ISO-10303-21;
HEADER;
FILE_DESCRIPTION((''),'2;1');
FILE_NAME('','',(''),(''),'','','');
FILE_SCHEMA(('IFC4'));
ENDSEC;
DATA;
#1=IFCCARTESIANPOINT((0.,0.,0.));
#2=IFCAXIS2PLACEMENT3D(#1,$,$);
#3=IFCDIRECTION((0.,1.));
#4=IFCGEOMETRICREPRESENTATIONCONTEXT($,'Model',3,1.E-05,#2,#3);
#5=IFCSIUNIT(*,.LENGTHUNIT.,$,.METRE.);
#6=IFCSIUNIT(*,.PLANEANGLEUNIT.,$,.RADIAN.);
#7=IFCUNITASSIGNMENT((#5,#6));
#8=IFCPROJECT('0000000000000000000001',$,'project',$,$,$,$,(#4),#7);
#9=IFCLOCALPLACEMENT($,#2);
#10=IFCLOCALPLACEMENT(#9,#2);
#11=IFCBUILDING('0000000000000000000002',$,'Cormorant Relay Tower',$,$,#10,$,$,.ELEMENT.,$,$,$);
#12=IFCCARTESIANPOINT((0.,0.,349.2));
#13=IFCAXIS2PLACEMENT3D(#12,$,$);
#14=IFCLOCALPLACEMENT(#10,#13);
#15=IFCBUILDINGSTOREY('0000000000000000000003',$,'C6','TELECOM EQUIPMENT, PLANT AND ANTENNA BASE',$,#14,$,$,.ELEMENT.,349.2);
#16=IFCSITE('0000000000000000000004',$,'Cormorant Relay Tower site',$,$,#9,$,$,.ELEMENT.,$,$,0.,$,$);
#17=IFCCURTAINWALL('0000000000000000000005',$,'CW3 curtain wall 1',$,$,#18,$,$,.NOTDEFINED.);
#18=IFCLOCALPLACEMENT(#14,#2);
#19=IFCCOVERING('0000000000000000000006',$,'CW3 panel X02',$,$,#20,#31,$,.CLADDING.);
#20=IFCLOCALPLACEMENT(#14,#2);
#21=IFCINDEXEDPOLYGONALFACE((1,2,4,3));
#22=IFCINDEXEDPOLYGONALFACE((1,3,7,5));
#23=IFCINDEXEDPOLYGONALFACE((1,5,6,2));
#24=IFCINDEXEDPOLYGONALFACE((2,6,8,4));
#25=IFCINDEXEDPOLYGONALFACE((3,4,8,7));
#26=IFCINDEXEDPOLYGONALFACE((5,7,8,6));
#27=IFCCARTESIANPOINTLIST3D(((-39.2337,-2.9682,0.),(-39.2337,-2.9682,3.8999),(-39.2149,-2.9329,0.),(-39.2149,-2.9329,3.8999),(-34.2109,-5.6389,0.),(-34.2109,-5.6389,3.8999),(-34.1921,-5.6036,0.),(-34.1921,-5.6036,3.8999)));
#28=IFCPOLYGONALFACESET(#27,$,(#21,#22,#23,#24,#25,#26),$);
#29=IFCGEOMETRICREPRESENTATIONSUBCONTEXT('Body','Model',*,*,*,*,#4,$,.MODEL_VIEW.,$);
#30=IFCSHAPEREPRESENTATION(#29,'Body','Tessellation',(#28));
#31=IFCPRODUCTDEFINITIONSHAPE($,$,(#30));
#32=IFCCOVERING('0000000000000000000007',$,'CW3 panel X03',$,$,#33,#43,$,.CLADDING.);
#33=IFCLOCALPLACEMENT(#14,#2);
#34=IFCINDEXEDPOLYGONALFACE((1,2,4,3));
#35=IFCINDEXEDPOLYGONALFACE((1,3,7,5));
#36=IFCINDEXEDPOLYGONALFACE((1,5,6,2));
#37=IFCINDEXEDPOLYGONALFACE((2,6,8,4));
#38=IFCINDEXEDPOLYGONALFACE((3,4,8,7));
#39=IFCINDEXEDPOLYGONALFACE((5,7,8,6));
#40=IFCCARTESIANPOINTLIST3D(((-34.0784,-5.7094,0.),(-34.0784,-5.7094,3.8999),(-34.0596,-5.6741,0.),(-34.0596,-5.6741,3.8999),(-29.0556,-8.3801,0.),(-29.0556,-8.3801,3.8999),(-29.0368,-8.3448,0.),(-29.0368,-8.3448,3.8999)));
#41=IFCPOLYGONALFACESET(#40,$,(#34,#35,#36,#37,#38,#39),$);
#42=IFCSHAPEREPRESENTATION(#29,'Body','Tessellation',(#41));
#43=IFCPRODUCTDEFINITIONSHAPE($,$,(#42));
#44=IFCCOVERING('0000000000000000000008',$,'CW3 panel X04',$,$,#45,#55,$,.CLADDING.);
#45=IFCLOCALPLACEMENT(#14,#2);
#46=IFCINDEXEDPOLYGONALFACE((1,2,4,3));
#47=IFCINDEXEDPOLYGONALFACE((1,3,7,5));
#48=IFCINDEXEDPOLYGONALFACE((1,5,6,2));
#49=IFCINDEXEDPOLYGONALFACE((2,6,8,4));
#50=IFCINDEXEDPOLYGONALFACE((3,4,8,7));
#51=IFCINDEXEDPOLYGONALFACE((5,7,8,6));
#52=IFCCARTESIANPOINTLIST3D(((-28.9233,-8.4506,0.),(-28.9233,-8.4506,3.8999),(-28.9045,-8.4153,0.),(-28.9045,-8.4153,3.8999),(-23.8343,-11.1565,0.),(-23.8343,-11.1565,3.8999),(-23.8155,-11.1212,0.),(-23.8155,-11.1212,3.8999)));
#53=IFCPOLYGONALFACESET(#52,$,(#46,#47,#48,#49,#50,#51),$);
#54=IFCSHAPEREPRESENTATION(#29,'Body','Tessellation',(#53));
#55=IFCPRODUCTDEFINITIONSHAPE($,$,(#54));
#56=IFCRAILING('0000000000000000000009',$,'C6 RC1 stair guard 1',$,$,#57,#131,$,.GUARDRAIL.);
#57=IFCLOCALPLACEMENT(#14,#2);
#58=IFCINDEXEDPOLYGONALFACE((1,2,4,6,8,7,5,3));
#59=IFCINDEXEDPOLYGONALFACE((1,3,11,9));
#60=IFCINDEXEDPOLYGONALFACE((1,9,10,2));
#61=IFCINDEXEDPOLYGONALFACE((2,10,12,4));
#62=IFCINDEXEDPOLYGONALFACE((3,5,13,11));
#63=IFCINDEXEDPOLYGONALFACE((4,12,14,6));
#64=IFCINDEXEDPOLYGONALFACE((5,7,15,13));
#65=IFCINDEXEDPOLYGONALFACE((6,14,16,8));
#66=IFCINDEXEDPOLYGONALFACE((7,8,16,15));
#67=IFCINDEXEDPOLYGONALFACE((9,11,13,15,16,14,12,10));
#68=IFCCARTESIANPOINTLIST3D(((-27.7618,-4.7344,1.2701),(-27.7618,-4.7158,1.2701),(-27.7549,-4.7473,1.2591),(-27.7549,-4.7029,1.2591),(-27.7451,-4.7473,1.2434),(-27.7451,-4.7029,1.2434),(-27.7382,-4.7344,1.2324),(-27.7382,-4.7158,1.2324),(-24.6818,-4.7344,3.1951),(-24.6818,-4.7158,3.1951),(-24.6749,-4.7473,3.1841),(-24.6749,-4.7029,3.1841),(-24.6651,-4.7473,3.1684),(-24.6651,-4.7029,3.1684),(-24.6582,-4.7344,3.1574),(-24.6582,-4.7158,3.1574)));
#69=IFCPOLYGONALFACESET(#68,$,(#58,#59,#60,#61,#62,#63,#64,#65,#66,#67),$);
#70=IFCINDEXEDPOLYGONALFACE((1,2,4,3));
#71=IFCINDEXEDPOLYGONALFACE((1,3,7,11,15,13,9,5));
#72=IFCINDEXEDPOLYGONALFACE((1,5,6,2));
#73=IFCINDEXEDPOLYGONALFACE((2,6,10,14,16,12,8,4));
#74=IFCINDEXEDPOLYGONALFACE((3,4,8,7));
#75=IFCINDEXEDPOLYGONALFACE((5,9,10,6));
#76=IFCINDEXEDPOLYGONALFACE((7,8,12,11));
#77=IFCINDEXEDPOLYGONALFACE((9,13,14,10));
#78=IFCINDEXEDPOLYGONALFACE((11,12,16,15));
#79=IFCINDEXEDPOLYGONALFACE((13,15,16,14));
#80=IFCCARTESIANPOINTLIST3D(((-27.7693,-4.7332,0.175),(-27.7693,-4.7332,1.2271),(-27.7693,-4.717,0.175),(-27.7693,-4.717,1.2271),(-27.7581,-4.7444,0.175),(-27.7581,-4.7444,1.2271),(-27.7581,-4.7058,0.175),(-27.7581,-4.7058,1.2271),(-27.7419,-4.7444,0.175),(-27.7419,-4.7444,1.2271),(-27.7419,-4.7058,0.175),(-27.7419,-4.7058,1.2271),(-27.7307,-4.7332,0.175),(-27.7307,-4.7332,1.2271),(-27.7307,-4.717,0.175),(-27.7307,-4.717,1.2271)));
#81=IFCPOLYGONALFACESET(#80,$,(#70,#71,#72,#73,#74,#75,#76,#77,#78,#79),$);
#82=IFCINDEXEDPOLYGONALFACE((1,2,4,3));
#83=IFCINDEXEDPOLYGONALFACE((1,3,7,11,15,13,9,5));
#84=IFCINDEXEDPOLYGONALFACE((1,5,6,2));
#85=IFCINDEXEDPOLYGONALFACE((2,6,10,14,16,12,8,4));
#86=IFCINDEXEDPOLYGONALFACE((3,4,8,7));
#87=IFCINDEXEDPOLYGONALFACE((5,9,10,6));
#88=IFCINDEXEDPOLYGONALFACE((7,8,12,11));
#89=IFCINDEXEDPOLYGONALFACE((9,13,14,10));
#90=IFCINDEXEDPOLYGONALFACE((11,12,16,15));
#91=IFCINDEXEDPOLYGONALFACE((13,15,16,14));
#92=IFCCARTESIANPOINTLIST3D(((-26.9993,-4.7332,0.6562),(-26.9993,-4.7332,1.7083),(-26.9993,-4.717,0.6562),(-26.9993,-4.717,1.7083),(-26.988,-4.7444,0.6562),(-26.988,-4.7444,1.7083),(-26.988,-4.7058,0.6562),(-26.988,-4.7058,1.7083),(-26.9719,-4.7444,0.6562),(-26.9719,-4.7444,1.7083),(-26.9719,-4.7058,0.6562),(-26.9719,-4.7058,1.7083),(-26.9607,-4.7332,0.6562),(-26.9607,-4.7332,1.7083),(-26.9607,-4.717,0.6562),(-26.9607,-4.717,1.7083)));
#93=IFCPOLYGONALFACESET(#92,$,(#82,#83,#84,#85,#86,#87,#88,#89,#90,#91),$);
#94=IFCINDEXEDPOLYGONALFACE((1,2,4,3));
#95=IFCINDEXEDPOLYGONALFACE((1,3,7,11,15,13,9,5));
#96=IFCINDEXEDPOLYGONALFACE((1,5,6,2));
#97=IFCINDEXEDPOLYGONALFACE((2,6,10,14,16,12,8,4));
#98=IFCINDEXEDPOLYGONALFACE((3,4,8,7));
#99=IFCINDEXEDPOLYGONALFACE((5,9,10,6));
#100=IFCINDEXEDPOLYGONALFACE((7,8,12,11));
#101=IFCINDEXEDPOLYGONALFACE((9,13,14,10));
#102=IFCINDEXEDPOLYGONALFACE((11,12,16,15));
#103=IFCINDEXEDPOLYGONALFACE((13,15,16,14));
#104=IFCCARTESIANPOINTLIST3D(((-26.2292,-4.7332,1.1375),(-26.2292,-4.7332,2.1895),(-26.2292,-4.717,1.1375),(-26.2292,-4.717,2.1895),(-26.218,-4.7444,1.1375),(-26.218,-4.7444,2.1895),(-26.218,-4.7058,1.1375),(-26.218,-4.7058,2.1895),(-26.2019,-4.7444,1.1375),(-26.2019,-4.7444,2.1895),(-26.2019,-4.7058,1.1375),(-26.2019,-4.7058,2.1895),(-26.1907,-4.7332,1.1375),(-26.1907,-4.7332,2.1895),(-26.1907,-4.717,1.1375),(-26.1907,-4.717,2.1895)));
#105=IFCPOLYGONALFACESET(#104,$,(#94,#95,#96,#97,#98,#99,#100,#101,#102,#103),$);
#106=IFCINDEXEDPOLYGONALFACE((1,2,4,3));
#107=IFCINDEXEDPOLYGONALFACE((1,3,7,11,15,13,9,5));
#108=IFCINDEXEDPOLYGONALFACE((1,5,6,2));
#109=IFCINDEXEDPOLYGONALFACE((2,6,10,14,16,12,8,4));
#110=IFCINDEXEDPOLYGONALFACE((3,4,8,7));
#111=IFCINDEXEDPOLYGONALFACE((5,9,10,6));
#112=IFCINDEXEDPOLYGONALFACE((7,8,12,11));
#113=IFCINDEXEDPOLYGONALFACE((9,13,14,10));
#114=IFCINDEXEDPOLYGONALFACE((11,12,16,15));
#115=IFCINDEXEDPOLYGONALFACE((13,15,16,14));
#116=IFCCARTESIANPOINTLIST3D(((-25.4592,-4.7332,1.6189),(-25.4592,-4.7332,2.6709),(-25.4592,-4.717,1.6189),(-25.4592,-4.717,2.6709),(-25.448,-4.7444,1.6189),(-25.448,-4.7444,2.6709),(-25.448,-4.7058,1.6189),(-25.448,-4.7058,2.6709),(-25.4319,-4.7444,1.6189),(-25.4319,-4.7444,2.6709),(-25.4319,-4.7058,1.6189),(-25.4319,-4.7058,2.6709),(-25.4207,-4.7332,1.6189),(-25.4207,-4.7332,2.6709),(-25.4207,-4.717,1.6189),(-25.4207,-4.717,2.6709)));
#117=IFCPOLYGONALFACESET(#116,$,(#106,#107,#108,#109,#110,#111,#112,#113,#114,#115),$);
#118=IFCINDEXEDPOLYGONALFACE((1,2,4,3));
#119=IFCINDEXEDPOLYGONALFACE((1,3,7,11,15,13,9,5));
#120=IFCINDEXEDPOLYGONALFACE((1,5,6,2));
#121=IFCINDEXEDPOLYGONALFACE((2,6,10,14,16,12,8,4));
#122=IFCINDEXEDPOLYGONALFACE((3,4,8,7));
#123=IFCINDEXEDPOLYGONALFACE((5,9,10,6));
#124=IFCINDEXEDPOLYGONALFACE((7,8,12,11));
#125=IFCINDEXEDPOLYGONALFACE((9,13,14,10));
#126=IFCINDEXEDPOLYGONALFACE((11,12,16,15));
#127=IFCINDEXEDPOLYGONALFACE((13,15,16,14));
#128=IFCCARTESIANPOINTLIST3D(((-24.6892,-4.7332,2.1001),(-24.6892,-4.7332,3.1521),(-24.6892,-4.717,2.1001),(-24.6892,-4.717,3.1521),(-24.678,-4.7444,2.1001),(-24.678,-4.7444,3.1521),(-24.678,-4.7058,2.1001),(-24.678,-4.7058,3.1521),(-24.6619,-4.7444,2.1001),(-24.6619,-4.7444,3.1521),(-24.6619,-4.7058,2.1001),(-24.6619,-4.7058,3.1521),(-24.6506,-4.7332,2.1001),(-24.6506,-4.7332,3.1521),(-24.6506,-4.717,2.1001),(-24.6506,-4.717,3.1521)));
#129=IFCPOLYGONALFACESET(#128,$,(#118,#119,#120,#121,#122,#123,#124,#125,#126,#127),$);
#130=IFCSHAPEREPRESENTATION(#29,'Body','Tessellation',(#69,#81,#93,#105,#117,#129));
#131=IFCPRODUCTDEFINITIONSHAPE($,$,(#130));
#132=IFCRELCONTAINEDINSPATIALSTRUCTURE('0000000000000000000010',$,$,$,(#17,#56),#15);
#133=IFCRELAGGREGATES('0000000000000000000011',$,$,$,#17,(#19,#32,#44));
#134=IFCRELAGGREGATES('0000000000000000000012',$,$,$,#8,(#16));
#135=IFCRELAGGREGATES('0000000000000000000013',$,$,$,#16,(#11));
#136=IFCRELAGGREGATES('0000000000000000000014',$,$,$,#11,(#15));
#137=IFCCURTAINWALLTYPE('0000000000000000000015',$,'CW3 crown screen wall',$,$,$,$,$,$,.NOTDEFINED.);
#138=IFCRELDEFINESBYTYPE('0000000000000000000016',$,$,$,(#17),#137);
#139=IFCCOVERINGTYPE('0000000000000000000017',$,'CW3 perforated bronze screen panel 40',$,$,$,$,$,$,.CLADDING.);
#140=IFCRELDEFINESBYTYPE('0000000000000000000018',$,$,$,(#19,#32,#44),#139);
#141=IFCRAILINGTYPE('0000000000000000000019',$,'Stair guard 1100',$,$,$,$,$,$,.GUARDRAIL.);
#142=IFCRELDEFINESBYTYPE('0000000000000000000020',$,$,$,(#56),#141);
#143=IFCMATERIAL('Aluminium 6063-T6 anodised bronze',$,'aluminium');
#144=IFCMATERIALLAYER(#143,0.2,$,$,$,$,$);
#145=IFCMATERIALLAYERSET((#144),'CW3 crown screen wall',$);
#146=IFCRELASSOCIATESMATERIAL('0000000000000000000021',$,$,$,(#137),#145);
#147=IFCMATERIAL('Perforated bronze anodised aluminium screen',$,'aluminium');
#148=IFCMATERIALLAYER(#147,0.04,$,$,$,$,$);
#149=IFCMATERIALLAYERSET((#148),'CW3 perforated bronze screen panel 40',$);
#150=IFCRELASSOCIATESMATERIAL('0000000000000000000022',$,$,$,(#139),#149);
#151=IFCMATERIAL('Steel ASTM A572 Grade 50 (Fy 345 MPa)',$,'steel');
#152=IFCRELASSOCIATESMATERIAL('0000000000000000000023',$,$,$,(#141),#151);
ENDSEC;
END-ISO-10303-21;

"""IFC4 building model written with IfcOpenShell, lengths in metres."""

from ifc_helpers import new_model, si_unit, direction, frame, origin, origin_2d, place, context, subcontext, project, spatial, polyline, rectangle, outline, extrude, material, layer, layer_set, type_object, element, aggregate, save


model = new_model("IFC4")

# Units and contexts
model_context = context("Model", 3, precision=1e-05, world=origin(), true_north=direction((0.0, 1.0)))
body_context = subcontext(model_context, "Body", "Model", "MODEL_VIEW")
ifc_project = project(units=[si_unit("LENGTHUNIT", "METRE"), si_unit("PLANEANGLEUNIT", "RADIAN")], contexts=[model_context])

# Site, building, storey
site_placement = place(None, origin())
site = spatial("IfcSite", under=ifc_project, at=site_placement, Name="Cormorant Relay Tower site", CompositionType="ELEMENT", RefElevation=0.0)
building_placement = place(site_placement, origin())
building = spatial("IfcBuilding", under=site, at=building_placement, Name="Cormorant Relay Tower", CompositionType="ELEMENT")
storey_placement = place(building_placement, frame((0.0, 0.0, 349.2)))
storey = spatial("IfcBuildingStorey", under=building, at=storey_placement, Name="C6", Description="TELECOM EQUIPMENT, PLANT AND ANTENNA BASE", CompositionType="ELEMENT", Elevation=349.2)

# Curtain wall
ifc_material_1 = material(Name="Aluminium 6063-T6 anodised bronze", Category="aluminium")
ifc_layer_1 = layer(ifc_material_1, 0.2)
ifc_layer_set_1 = layer_set([ifc_layer_1], Name="CW3 crown screen wall")
curtain_wall_type = type_object("IfcCurtainWallType", Name="CW3 crown screen wall", PredefinedType="NOTDEFINED", material=ifc_layer_set_1)
curtain_wall_placement = place(storey_placement, origin())
curtain_wall = element("IfcCurtainWall", 1, at=curtain_wall_placement, inside=storey, type_object=curtain_wall_type, Name="CW3 curtain wall 1", PredefinedType="NOTDEFINED")

# Coverings
ifc_material_2 = material(Name="Perforated bronze anodised aluminium screen", Category="aluminium")
ifc_layer_2 = layer(ifc_material_2, 0.04)
ifc_layer_set_2 = layer_set([ifc_layer_2], Name="CW3 perforated bronze screen panel 40")
covering_type = type_object("IfcCoveringType", Name="CW3 perforated bronze screen panel 40", PredefinedType="CLADDING", material=ifc_layer_set_2)
covering_1_placement = place(storey_placement, frame((-36.7129, -4.2859, 0.0), z_axis=(0.0, 0.0, 1.0), x_axis=(0.882948, -0.469472, 0.0)))
covering_1 = element("IfcCovering", 2, at=covering_1_placement, type_object=covering_type, Name="CW3 panel X02", PredefinedType="CLADDING", context=body_context, shape_type="SweptSolid", body=[
    extrude(rectangle(XDim=5.6887, YDim=0.04, at=origin_2d()), origin(), (0.0, 0.0, 1.0), 3.8999),
])
covering_2_placement = place(storey_placement, frame((-31.5576, -7.0271, 0.0), z_axis=(0.0, 0.0, 1.0), x_axis=(0.882948, -0.469472, 0.0)))
covering_2 = element("IfcCovering", 3, at=covering_2_placement, type_object=covering_type, Name="CW3 panel X03", PredefinedType="CLADDING", context=body_context, shape_type="SweptSolid", body=[
    extrude(rectangle(XDim=5.6887, YDim=0.04, at=origin_2d()), origin(), (0.0, 0.0, 1.0), 3.8999),
])
covering_3_placement = place(storey_placement, frame((-26.3694, -9.7859, 0.0), z_axis=(0.0, 0.0, 1.0), x_axis=(0.882948, -0.469472, 0.0)))
covering_3 = element("IfcCovering", 4, at=covering_3_placement, type_object=covering_type, Name="CW3 panel X04", PredefinedType="CLADDING", context=body_context, shape_type="SweptSolid", body=[
    extrude(rectangle(XDim=5.7637, YDim=0.04, at=origin_2d()), origin(), (0.0, 0.0, 1.0), 3.8999),
])
aggregate(curtain_wall, [covering_1, covering_2, covering_3])

# Railing
ifc_material_3 = material(Name="Steel ASTM A572 Grade 50 (Fy 345 MPa)", Category="steel")
railing_type_1 = type_object("IfcRailingType", Name="Stair guard 1100", PredefinedType="GUARDRAIL", material=ifc_material_3)
railing_1_placement = place(storey_placement, frame((-27.75, -4.7251, 0.175)))
element("IfcRailing", 5, at=railing_1_placement, inside=storey, type_object=railing_type_1, Name="C6 RC1 stair guard 1", PredefinedType="GUARDRAIL", context=body_context, shape_type="SweptSolid", body=[
    extrude(outline(polyline([(0.0222, 0.0093), (0.0093, 0.0222), (-0.0093, 0.0222), (-0.0222, 0.0093), (-0.0222, -0.0093), (-0.0093, -0.0222), (0.0093, -0.0222), (0.0222, -0.0093), (0.0222, 0.0093)])), frame((0.0, 0.0, 1.0762), z_axis=(0.847998, 0.0, 0.529999), x_axis=(0.0, 1.0, 0.0)), (0.0, 0.0, 1.0), 3.6321),
    extrude(outline(polyline([(0.0193, 0.0081), (0.0081, 0.0193), (-0.0081, 0.0193), (-0.0193, 0.0081), (-0.0193, -0.0081), (-0.0081, -0.0193), (0.0081, -0.0193), (0.0193, -0.0081), (0.0193, 0.0081)])), origin(), (0.0, 0.0, 1.0), 1.052),
    extrude(outline(polyline([(0.0193, 0.0081), (0.0081, 0.0193), (-0.0081, 0.0193), (-0.0193, 0.0081), (-0.0193, -0.0081), (-0.0081, -0.0193), (0.0081, -0.0193), (0.0193, -0.0081), (0.0193, 0.0081)])), frame((0.77, 0.0, 0.4812)), (0.0, 0.0, 1.0), 1.052),
    extrude(outline(polyline([(0.0193, 0.0081), (0.0081, 0.0193), (-0.0081, 0.0193), (-0.0193, 0.0081), (-0.0193, -0.0081), (-0.0081, -0.0193), (0.0081, -0.0193), (0.0193, -0.0081), (0.0193, 0.0081)])), frame((1.54, 0.0, 0.9624)), (0.0, 0.0, 1.0), 1.052),
    extrude(outline(polyline([(0.0193, 0.0081), (0.0081, 0.0193), (-0.0081, 0.0193), (-0.0193, 0.0081), (-0.0193, -0.0081), (-0.0081, -0.0193), (0.0081, -0.0193), (0.0193, -0.0081), (0.0193, 0.0081)])), frame((2.3101, 0.0, 1.4438)), (0.0, 0.0, 1.0), 1.052),
    extrude(outline(polyline([(0.0193, 0.0081), (0.0081, 0.0193), (-0.0081, 0.0193), (-0.0193, 0.0081), (-0.0193, -0.0081), (-0.0081, -0.0193), (0.0081, -0.0193), (0.0193, -0.0081), (0.0193, 0.0081)])), frame((3.0801, 0.0, 1.925)), (0.0, 0.0, 1.0), 1.052),
])

save(model, "model.ifc")
